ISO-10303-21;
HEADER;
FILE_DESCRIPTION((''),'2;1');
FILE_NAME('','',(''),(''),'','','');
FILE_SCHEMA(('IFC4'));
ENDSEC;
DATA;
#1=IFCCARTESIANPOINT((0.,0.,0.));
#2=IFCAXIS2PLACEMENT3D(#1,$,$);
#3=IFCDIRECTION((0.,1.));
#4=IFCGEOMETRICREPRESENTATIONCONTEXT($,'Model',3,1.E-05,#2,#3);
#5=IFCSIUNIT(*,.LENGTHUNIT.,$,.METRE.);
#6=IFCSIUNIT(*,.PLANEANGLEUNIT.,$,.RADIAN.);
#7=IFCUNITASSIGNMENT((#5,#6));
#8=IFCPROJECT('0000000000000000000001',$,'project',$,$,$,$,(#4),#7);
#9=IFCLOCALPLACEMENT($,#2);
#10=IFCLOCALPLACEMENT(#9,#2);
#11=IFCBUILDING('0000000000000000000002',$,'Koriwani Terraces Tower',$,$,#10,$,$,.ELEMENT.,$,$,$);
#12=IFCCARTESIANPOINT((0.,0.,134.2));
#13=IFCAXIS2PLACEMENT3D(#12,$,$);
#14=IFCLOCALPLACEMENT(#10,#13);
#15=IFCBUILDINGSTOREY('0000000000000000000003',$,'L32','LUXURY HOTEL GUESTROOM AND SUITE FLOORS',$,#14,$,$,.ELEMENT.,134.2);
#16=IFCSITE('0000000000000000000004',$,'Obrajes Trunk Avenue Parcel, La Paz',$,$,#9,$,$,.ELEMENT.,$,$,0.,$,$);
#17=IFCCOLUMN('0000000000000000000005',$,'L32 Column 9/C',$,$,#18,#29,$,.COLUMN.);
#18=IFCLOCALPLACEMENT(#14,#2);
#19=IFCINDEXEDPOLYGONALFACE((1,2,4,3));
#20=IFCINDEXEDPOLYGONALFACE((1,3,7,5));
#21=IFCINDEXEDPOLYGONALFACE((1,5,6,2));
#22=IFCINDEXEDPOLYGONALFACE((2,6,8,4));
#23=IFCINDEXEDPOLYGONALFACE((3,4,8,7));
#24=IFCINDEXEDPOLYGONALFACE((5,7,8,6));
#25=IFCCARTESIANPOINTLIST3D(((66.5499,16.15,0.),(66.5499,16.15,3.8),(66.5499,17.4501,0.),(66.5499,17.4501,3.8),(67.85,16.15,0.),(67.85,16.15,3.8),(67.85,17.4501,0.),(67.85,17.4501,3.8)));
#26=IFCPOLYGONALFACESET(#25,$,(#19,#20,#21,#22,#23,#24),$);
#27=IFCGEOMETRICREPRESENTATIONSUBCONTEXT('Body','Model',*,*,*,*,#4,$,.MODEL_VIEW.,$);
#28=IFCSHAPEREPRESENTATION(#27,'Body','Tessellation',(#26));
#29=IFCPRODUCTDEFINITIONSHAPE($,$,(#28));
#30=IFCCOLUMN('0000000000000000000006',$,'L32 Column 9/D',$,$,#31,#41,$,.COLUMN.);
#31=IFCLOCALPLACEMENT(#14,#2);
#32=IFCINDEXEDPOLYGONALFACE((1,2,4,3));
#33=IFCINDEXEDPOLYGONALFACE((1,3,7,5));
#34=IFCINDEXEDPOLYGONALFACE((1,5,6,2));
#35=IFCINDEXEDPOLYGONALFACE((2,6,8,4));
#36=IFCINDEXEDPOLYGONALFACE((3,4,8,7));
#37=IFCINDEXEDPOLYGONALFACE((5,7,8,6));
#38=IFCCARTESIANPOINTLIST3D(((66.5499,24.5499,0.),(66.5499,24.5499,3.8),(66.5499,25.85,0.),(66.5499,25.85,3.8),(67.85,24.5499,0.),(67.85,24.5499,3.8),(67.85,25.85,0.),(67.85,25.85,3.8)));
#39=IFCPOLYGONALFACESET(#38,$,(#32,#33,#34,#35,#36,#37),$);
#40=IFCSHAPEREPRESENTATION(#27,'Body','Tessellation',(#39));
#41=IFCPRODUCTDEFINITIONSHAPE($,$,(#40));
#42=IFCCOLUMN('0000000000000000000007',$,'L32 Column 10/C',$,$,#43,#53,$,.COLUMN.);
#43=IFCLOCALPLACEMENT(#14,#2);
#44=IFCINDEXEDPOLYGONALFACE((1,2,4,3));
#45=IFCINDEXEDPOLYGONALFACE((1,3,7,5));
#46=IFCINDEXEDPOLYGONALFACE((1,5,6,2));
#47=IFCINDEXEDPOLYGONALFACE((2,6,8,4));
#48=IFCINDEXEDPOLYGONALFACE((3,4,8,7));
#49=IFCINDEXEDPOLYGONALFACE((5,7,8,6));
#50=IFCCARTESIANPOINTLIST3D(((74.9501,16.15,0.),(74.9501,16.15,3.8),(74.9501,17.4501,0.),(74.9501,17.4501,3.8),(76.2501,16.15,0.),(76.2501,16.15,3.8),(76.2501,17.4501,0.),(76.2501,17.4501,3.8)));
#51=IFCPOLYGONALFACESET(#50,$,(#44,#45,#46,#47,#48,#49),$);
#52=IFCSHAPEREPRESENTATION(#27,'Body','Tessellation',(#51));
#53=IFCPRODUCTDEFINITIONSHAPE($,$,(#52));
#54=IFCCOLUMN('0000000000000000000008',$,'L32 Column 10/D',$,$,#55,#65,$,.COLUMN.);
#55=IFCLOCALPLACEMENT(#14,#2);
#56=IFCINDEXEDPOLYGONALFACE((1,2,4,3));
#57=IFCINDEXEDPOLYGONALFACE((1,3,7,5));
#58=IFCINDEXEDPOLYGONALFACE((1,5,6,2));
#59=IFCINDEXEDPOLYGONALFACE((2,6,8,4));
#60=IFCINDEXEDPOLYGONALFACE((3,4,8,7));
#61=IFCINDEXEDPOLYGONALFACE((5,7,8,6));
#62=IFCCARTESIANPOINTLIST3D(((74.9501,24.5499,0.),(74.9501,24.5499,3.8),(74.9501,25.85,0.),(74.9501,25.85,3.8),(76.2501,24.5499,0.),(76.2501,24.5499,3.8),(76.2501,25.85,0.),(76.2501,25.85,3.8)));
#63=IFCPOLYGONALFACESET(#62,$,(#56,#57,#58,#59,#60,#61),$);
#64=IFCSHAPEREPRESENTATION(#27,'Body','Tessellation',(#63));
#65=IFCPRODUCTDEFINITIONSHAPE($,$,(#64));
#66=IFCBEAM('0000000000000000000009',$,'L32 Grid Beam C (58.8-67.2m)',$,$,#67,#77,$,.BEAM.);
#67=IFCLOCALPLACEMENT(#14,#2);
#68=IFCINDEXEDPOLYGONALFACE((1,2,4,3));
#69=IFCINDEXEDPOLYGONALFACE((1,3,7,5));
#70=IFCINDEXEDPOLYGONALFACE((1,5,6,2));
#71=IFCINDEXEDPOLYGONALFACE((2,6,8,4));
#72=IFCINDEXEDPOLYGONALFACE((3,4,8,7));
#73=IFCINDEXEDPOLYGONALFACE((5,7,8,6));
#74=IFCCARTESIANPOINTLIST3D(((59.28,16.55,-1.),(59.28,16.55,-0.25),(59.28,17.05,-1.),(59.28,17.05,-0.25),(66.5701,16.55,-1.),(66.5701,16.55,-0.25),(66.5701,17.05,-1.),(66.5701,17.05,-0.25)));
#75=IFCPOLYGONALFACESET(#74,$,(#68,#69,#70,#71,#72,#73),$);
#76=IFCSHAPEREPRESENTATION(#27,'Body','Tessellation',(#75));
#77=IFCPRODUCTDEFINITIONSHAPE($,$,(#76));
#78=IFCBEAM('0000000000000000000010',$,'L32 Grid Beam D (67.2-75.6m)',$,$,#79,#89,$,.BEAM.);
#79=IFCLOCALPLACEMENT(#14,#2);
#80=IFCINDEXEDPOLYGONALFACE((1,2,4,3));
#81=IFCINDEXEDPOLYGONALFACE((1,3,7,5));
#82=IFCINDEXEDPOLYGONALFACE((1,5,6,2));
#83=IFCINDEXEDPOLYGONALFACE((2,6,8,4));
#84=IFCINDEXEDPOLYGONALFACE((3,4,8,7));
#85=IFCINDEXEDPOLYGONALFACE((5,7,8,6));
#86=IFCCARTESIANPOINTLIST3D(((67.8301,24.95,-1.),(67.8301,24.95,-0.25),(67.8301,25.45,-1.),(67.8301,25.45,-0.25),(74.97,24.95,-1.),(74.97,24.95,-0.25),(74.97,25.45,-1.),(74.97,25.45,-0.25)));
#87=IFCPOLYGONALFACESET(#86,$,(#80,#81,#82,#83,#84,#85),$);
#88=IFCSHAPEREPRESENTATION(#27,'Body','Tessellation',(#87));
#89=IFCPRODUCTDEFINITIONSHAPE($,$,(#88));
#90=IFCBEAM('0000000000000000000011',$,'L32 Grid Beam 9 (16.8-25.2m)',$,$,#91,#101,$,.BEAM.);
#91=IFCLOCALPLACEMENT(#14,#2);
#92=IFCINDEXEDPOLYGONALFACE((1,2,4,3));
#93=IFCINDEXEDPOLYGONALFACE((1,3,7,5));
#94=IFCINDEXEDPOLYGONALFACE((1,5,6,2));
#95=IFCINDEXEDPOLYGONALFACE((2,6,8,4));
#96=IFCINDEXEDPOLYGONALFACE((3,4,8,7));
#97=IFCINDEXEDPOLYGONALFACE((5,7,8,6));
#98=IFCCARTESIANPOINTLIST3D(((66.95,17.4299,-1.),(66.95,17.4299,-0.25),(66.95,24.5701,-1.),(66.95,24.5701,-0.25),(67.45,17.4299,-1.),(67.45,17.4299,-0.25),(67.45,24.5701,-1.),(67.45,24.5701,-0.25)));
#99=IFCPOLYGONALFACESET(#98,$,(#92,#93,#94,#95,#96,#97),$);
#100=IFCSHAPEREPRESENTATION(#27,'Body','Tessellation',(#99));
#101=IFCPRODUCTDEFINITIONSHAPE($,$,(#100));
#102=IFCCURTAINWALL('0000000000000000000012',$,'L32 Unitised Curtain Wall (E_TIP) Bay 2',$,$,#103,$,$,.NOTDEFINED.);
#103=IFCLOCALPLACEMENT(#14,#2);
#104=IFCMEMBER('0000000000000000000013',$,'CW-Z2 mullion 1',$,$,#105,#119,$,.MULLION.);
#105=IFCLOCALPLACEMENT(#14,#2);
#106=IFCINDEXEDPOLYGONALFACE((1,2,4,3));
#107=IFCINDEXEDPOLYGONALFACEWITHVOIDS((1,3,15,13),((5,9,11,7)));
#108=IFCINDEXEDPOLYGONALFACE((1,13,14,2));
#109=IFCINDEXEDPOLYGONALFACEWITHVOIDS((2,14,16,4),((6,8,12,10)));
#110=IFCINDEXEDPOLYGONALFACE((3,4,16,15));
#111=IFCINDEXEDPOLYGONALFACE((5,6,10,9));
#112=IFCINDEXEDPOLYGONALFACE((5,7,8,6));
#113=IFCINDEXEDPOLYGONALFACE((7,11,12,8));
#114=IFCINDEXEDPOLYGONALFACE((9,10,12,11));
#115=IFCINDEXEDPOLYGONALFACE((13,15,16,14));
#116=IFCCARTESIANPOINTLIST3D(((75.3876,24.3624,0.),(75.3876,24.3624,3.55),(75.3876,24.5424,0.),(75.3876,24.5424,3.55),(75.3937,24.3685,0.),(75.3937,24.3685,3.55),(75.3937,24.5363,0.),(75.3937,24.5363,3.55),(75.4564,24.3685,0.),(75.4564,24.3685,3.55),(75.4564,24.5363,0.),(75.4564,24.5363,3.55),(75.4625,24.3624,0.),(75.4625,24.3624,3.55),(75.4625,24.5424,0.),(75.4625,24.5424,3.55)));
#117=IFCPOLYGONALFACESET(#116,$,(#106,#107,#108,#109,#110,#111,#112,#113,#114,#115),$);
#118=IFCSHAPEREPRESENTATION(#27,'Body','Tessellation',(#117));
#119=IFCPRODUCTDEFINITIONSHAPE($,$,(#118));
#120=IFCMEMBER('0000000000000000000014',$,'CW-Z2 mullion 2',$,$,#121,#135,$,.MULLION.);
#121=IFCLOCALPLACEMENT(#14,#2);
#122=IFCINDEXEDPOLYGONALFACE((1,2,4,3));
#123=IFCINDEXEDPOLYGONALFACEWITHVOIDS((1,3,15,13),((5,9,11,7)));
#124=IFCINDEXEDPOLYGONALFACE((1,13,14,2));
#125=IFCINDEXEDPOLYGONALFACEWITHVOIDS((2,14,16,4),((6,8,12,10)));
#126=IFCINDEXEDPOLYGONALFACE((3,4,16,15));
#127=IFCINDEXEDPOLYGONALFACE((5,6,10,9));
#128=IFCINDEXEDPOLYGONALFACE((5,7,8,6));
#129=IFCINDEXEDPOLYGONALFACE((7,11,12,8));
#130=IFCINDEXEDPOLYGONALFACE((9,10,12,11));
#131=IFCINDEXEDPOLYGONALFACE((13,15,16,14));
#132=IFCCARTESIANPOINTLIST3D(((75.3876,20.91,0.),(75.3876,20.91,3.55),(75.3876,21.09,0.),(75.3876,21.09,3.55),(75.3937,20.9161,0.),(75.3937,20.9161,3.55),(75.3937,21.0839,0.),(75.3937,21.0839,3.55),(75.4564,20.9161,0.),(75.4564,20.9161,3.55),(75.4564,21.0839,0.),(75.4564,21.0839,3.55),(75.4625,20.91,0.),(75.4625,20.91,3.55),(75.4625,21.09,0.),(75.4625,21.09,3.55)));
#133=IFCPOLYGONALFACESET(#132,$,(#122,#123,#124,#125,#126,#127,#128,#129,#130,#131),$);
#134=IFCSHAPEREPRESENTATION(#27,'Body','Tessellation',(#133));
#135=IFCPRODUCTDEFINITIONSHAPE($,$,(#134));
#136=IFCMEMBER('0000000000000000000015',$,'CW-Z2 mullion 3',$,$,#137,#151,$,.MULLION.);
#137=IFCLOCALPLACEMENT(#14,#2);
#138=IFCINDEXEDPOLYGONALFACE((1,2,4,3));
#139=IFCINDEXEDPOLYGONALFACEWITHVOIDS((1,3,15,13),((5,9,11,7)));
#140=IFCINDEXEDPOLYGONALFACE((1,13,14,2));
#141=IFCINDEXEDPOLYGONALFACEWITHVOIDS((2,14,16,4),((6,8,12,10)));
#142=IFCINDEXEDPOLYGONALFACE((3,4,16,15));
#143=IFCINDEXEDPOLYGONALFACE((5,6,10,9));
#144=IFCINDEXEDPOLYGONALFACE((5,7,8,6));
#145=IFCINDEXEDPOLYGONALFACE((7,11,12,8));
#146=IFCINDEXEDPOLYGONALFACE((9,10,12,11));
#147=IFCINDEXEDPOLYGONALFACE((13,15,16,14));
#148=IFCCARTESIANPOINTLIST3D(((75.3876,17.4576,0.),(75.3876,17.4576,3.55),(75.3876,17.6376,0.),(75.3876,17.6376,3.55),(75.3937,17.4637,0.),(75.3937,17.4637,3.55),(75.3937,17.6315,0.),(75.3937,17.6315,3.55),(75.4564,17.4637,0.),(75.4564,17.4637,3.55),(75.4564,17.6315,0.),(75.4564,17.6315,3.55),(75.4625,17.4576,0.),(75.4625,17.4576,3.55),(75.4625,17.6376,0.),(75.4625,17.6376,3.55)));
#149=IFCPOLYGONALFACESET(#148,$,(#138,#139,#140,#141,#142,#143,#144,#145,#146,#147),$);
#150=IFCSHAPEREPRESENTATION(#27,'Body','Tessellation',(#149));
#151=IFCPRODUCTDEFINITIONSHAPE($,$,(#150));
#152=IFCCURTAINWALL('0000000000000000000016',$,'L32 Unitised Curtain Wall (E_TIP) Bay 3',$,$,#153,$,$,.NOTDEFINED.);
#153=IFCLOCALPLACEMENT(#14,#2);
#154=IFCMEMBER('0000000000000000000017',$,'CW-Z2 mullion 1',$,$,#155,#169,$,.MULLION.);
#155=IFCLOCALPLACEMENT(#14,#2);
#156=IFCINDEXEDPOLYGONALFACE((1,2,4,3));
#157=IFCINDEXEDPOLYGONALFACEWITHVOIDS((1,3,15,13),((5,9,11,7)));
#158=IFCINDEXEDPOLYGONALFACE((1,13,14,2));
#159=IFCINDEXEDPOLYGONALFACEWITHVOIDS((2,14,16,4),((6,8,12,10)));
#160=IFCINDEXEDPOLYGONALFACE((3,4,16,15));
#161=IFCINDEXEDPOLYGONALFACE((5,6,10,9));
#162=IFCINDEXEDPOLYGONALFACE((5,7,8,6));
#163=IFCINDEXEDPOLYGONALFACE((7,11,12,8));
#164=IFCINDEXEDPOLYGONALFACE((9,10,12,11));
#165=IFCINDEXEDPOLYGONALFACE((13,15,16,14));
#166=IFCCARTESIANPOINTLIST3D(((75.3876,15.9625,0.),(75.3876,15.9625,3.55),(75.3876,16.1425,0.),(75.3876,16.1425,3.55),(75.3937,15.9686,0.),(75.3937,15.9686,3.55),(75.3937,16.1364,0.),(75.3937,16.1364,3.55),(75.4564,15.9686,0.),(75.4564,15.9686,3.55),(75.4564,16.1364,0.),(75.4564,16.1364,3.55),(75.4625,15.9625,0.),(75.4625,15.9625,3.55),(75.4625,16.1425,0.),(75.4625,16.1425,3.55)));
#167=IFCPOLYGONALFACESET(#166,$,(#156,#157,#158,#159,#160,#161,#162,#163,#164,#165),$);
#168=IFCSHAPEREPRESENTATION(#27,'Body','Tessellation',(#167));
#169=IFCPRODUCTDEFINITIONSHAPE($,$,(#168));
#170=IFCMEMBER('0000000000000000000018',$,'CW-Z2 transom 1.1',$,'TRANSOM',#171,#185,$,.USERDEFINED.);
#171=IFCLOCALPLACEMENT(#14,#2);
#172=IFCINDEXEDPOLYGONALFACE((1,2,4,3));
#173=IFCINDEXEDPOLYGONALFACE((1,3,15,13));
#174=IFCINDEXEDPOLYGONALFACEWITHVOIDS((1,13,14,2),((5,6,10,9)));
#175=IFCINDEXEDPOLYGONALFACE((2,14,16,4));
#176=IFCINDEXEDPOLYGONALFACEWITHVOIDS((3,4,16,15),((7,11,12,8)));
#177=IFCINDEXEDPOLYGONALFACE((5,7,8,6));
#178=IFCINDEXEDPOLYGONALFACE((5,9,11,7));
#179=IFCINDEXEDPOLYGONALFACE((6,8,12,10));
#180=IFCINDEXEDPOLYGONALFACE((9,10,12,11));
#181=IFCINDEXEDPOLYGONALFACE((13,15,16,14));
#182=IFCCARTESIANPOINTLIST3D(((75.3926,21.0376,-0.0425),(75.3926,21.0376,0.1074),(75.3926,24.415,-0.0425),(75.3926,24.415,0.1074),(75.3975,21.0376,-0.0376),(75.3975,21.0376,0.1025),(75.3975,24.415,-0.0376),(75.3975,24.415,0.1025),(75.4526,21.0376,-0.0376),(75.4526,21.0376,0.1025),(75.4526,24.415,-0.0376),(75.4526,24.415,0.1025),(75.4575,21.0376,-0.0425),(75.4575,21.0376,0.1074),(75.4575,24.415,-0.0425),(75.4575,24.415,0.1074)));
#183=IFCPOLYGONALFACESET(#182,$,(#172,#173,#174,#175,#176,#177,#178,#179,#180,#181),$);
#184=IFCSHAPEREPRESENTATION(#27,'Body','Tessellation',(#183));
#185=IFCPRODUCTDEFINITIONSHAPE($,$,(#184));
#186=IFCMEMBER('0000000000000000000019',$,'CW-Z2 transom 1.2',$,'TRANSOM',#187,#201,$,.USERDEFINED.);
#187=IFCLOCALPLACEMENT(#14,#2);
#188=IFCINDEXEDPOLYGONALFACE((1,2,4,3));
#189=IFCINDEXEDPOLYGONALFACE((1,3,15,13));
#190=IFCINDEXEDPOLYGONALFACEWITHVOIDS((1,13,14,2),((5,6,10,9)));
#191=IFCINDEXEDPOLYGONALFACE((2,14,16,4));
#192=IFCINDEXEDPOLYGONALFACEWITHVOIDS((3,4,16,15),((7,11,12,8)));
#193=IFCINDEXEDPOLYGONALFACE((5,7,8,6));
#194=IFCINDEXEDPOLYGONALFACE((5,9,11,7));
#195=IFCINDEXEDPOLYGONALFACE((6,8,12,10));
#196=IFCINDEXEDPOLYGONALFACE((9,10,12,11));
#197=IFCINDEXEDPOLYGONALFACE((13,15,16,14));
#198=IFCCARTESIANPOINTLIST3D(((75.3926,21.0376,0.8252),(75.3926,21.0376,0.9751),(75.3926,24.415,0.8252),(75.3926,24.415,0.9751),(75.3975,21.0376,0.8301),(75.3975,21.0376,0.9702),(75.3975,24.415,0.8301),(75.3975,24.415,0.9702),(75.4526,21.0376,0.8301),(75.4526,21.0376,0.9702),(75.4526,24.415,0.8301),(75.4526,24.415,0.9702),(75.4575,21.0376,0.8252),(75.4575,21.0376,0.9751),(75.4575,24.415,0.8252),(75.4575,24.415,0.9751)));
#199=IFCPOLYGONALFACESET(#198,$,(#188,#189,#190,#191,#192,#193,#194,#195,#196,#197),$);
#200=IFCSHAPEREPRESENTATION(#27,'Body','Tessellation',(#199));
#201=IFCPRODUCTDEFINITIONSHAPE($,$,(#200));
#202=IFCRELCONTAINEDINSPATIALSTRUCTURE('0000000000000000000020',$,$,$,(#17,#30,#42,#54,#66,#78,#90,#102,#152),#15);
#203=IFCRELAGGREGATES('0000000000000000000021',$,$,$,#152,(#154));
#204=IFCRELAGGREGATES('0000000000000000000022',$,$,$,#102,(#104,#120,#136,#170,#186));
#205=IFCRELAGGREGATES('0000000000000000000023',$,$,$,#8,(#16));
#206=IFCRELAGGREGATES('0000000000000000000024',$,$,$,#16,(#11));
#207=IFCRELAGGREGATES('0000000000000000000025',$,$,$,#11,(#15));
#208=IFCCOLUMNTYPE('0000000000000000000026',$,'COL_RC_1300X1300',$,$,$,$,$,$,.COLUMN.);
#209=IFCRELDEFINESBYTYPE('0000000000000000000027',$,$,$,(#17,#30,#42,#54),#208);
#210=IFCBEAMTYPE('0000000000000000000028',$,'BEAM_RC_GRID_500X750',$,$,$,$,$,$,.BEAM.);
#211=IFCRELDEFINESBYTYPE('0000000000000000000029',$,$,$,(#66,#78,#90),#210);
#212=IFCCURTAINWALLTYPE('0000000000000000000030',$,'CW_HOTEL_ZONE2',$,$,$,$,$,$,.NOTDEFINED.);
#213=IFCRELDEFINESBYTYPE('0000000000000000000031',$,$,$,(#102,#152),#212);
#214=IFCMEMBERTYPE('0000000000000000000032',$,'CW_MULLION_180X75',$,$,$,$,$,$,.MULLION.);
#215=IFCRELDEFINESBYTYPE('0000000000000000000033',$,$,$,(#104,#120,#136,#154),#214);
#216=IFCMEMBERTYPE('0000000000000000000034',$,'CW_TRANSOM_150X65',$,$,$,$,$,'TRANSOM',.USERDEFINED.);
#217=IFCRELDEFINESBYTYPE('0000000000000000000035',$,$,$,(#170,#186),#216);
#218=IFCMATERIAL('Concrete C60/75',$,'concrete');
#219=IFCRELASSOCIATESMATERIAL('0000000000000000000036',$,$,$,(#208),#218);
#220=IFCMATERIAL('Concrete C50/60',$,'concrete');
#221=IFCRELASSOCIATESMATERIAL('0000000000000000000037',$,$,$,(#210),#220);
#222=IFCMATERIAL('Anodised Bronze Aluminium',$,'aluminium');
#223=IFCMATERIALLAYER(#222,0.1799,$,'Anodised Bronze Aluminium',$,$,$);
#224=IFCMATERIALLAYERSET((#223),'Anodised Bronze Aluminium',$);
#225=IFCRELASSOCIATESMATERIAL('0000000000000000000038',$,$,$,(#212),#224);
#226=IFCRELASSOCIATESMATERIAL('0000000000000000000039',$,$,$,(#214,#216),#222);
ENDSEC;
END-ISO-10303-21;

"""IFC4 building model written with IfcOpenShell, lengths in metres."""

from ifc_helpers import new_model, si_unit, direction, frame, origin, origin_2d, place, context, subcontext, project, spatial, rectangle, hollow_rectangle, extrude, material, layer, layer_set, material_profile, profile_set, type_object, element, aggregate, save


model = new_model("IFC4")

# Units and contexts
model_context = context("Model", 3, precision=1e-05, world=origin(), true_north=direction((0.0, 1.0)))
body_context = subcontext(model_context, "Body", "Model", "MODEL_VIEW")
ifc_project = project(units=[si_unit("LENGTHUNIT", "METRE"), si_unit("PLANEANGLEUNIT", "RADIAN")], contexts=[model_context])

# Site, building, storey
site_placement = place(None, origin())
site = spatial("IfcSite", under=ifc_project, at=site_placement, Name="Obrajes Trunk Avenue Parcel, La Paz", CompositionType="ELEMENT", RefElevation=0.0)
building_placement = place(site_placement, origin())
building = spatial("IfcBuilding", under=site, at=building_placement, Name="Koriwani Terraces Tower", CompositionType="ELEMENT")
storey_placement = place(building_placement, frame((0.0, 0.0, 134.2)))
storey = spatial("IfcBuildingStorey", under=building, at=storey_placement, Name="L32", Description="LUXURY HOTEL GUESTROOM AND SUITE FLOORS", CompositionType="ELEMENT", Elevation=134.2)

# Columns
ifc_material_1 = material(Name="Concrete C60/75", Category="concrete")
ifc_material_profile_1 = material_profile(ifc_material_1, rectangle(XDim=1.3, YDim=1.3, at=origin_2d()), Name="Concrete C60/75", Category="LoadBearing")
ifc_profile_set_1 = profile_set([ifc_material_profile_1], Name="Concrete C60/75")
column_type = type_object("IfcColumnType", Name="COL_RC_1300X1300", PredefinedType="COLUMN", material=ifc_profile_set_1)
for number, where, z_axis, x_axis, name in (
    (1, (67.2, 16.8, 0.0), (0.0, 0.0, 1.0), (1.0, 0.0, 0.0), "L32 Column 9/C"),
    (2, (67.2, 25.2, 0.0), (0.0, 0.0, 1.0), (1.0, 0.0, 0.0), "L32 Column 9/D"),
    (3, (75.6001, 16.8, 0.0), (0.0, 0.0, 1.0), (1.0, 0.0, 0.0), "L32 Column 10/C"),
    (4, (75.6001, 25.2, 0.0), (0.0, 0.0, 1.0), (1.0, 0.0, 0.0), "L32 Column 10/D"),
):
    element("IfcColumn", number, at=place(storey_placement, frame(where, z_axis=z_axis, x_axis=x_axis)), inside=storey, type_object=column_type, Name=name, PredefinedType="COLUMN", context=body_context, shape_type="SweptSolid", body=[
        extrude(rectangle(XDim=1.3, YDim=1.3, at=origin_2d()), origin(), (0.0, 0.0, 1.0), 3.8),
    ])

# Beams
ifc_material_2 = material(Name="Concrete C50/60", Category="concrete")
ifc_material_profile_2 = material_profile(ifc_material_2, rectangle(XDim=0.5, YDim=0.75, at=origin_2d()), Name="Concrete C50/60", Category="LoadBearing")
ifc_profile_set_2 = profile_set([ifc_material_profile_2], Name="Concrete C50/60")
beam_type_1 = type_object("IfcBeamType", Name="BEAM_RC_GRID_500X750", PredefinedType="BEAM", material=ifc_profile_set_2)
beam_1_placement = place(storey_placement, frame((59.28, 16.8, -0.625), z_axis=(1.0, 0.0, 0.0), x_axis=(0.0, 1.0, 0.0)))
element("IfcBeam", 5, at=beam_1_placement, inside=storey, type_object=beam_type_1, Name="L32 Grid Beam C (58.8-67.2m)", PredefinedType="BEAM", context=body_context, shape_type="SweptSolid", body=[
    extrude(rectangle(XDim=0.5, YDim=0.75, at=origin_2d()), origin(), (0.0, 0.0, 1.0), 7.29),
])
beam_2_placement = place(storey_placement, frame((67.8301, 25.2, -0.625), z_axis=(1.0, 0.0, 0.0), x_axis=(0.0, 1.0, 0.0)))
element("IfcBeam", 6, at=beam_2_placement, inside=storey, type_object=beam_type_1, Name="L32 Grid Beam D (67.2-75.6m)", PredefinedType="BEAM", context=body_context, shape_type="SweptSolid", body=[
    extrude(rectangle(XDim=0.5, YDim=0.75, at=origin_2d()), origin(), (0.0, 0.0, 1.0), 7.1399),
])
beam_3_placement = place(storey_placement, frame((67.2, 17.4299, -0.625), z_axis=(0.0, 1.0, 0.0), x_axis=(-1.0, 0.0, 0.0)))
element("IfcBeam", 7, at=beam_3_placement, inside=storey, type_object=beam_type_1, Name="L32 Grid Beam 9 (16.8-25.2m)", PredefinedType="BEAM", context=body_context, shape_type="SweptSolid", body=[
    extrude(rectangle(XDim=0.5, YDim=0.75, at=origin_2d()), origin(), (0.0, 0.0, 1.0), 7.1401),
])

# Curtain wall, members
ifc_material_3 = material(Name="Anodised Bronze Aluminium", Category="aluminium")
ifc_layer_1 = layer(ifc_material_3, 0.1799, Name="Anodised Bronze Aluminium")
ifc_layer_set_1 = layer_set([ifc_layer_1], Name="Anodised Bronze Aluminium")
curtain_wall_type = type_object("IfcCurtainWallType", Name="CW_HOTEL_ZONE2", PredefinedType="NOTDEFINED", material=ifc_layer_set_1)
curtain_wall_1_placement = place(storey_placement, origin())
curtain_wall_1 = element("IfcCurtainWall", 8, at=curtain_wall_1_placement, inside=storey, type_object=curtain_wall_type, Name="L32 Unitised Curtain Wall (E_TIP) Bay 2", PredefinedType="NOTDEFINED")
ifc_material_profile_3 = material_profile(ifc_material_3, hollow_rectangle(XDim=0.075, YDim=0.1799, WallThickness=0.0061, at=origin_2d()), Name="Anodised Bronze Aluminium", Category="LoadBearing")
ifc_profile_set_3 = profile_set([ifc_material_profile_3], Name="Anodised Bronze Aluminium")
member_type_1 = type_object("IfcMemberType", Name="CW_MULLION_180X75", PredefinedType="MULLION", material=ifc_profile_set_3)
member_1_placement = place(storey_placement, frame((75.425, 24.4524, 0.0), z_axis=(0.0, 0.0, 1.0), x_axis=(1.0, 0.0, 0.0)))
member_1 = element("IfcMember", 9, at=member_1_placement, type_object=member_type_1, Name="CW-Z2 mullion 1", PredefinedType="MULLION", context=body_context, shape_type="SweptSolid", body=[
    extrude(hollow_rectangle(XDim=0.075, YDim=0.1799, WallThickness=0.0061, at=origin_2d()), origin(), (0.0, 0.0, 1.0), 3.55),
])
member_2_placement = place(storey_placement, frame((75.425, 21.0, 0.0), z_axis=(0.0, 0.0, 1.0), x_axis=(1.0, 0.0, 0.0)))
member_2 = element("IfcMember", 10, at=member_2_placement, type_object=member_type_1, Name="CW-Z2 mullion 2", PredefinedType="MULLION", context=body_context, shape_type="SweptSolid", body=[
    extrude(hollow_rectangle(XDim=0.075, YDim=0.1799, WallThickness=0.0061, at=origin_2d()), origin(), (0.0, 0.0, 1.0), 3.55),
])
member_3_placement = place(storey_placement, frame((75.425, 17.5476, 0.0), z_axis=(0.0, 0.0, 1.0), x_axis=(1.0, 0.0, 0.0)))
member_3 = element("IfcMember", 11, at=member_3_placement, type_object=member_type_1, Name="CW-Z2 mullion 3", PredefinedType="MULLION", context=body_context, shape_type="SweptSolid", body=[
    extrude(hollow_rectangle(XDim=0.075, YDim=0.1799, WallThickness=0.0061, at=origin_2d()), origin(), (0.0, 0.0, 1.0), 3.55),
])

# Curtain wall, member
curtain_wall_2_placement = place(storey_placement, origin())
curtain_wall_2 = element("IfcCurtainWall", 12, at=curtain_wall_2_placement, inside=storey, type_object=curtain_wall_type, Name="L32 Unitised Curtain Wall (E_TIP) Bay 3", PredefinedType="NOTDEFINED")
member_4_placement = place(storey_placement, frame((75.425, 16.0525, 0.0), z_axis=(0.0, 0.0, 1.0), x_axis=(1.0, 0.0, 0.0)))
member_4 = element("IfcMember", 13, at=member_4_placement, type_object=member_type_1, Name="CW-Z2 mullion 1", PredefinedType="MULLION", context=body_context, shape_type="SweptSolid", body=[
    extrude(hollow_rectangle(XDim=0.075, YDim=0.1799, WallThickness=0.0061, at=origin_2d()), origin(), (0.0, 0.0, 1.0), 3.55),
])

# Members
ifc_material_profile_4 = material_profile(ifc_material_3, hollow_rectangle(XDim=0.0649, YDim=0.1499, WallThickness=0.0049, at=origin_2d()), Name="Anodised Bronze Aluminium", Category="LoadBearing")
ifc_profile_set_4 = profile_set([ifc_material_profile_4], Name="Anodised Bronze Aluminium")
member_type_2 = type_object("IfcMemberType", Name="CW_TRANSOM_150X65", ElementType="TRANSOM", PredefinedType="USERDEFINED", material=ifc_profile_set_4)
member_5_placement = place(storey_placement, frame((75.425, 24.415, 0.0325), z_axis=(0.0, -1.0, 0.0), x_axis=(1.0, 0.0, 0.0)))
member_5 = element("IfcMember", 14, at=member_5_placement, type_object=member_type_2, Name="CW-Z2 transom 1.1", ObjectType="TRANSOM", PredefinedType="USERDEFINED", context=body_context, shape_type="SweptSolid", body=[
    extrude(hollow_rectangle(XDim=0.0649, YDim=0.1499, WallThickness=0.0049, at=origin_2d()), origin(), (0.0, 0.0, 1.0), 3.3774),
])
member_6_placement = place(storey_placement, frame((75.425, 24.415, 0.9001), z_axis=(0.0, -1.0, 0.0), x_axis=(1.0, 0.0, 0.0)))
member_6 = element("IfcMember", 15, at=member_6_placement, type_object=member_type_2, Name="CW-Z2 transom 1.2", ObjectType="TRANSOM", PredefinedType="USERDEFINED", context=body_context, shape_type="SweptSolid", body=[
    extrude(hollow_rectangle(XDim=0.0649, YDim=0.1499, WallThickness=0.0049, at=origin_2d()), origin(), (0.0, 0.0, 1.0), 3.3774),
])
aggregate(curtain_wall_2, [member_4])

aggregate(curtain_wall_1, [member_1, member_2, member_3, member_5, member_6])

save(model, "model.ifc")
